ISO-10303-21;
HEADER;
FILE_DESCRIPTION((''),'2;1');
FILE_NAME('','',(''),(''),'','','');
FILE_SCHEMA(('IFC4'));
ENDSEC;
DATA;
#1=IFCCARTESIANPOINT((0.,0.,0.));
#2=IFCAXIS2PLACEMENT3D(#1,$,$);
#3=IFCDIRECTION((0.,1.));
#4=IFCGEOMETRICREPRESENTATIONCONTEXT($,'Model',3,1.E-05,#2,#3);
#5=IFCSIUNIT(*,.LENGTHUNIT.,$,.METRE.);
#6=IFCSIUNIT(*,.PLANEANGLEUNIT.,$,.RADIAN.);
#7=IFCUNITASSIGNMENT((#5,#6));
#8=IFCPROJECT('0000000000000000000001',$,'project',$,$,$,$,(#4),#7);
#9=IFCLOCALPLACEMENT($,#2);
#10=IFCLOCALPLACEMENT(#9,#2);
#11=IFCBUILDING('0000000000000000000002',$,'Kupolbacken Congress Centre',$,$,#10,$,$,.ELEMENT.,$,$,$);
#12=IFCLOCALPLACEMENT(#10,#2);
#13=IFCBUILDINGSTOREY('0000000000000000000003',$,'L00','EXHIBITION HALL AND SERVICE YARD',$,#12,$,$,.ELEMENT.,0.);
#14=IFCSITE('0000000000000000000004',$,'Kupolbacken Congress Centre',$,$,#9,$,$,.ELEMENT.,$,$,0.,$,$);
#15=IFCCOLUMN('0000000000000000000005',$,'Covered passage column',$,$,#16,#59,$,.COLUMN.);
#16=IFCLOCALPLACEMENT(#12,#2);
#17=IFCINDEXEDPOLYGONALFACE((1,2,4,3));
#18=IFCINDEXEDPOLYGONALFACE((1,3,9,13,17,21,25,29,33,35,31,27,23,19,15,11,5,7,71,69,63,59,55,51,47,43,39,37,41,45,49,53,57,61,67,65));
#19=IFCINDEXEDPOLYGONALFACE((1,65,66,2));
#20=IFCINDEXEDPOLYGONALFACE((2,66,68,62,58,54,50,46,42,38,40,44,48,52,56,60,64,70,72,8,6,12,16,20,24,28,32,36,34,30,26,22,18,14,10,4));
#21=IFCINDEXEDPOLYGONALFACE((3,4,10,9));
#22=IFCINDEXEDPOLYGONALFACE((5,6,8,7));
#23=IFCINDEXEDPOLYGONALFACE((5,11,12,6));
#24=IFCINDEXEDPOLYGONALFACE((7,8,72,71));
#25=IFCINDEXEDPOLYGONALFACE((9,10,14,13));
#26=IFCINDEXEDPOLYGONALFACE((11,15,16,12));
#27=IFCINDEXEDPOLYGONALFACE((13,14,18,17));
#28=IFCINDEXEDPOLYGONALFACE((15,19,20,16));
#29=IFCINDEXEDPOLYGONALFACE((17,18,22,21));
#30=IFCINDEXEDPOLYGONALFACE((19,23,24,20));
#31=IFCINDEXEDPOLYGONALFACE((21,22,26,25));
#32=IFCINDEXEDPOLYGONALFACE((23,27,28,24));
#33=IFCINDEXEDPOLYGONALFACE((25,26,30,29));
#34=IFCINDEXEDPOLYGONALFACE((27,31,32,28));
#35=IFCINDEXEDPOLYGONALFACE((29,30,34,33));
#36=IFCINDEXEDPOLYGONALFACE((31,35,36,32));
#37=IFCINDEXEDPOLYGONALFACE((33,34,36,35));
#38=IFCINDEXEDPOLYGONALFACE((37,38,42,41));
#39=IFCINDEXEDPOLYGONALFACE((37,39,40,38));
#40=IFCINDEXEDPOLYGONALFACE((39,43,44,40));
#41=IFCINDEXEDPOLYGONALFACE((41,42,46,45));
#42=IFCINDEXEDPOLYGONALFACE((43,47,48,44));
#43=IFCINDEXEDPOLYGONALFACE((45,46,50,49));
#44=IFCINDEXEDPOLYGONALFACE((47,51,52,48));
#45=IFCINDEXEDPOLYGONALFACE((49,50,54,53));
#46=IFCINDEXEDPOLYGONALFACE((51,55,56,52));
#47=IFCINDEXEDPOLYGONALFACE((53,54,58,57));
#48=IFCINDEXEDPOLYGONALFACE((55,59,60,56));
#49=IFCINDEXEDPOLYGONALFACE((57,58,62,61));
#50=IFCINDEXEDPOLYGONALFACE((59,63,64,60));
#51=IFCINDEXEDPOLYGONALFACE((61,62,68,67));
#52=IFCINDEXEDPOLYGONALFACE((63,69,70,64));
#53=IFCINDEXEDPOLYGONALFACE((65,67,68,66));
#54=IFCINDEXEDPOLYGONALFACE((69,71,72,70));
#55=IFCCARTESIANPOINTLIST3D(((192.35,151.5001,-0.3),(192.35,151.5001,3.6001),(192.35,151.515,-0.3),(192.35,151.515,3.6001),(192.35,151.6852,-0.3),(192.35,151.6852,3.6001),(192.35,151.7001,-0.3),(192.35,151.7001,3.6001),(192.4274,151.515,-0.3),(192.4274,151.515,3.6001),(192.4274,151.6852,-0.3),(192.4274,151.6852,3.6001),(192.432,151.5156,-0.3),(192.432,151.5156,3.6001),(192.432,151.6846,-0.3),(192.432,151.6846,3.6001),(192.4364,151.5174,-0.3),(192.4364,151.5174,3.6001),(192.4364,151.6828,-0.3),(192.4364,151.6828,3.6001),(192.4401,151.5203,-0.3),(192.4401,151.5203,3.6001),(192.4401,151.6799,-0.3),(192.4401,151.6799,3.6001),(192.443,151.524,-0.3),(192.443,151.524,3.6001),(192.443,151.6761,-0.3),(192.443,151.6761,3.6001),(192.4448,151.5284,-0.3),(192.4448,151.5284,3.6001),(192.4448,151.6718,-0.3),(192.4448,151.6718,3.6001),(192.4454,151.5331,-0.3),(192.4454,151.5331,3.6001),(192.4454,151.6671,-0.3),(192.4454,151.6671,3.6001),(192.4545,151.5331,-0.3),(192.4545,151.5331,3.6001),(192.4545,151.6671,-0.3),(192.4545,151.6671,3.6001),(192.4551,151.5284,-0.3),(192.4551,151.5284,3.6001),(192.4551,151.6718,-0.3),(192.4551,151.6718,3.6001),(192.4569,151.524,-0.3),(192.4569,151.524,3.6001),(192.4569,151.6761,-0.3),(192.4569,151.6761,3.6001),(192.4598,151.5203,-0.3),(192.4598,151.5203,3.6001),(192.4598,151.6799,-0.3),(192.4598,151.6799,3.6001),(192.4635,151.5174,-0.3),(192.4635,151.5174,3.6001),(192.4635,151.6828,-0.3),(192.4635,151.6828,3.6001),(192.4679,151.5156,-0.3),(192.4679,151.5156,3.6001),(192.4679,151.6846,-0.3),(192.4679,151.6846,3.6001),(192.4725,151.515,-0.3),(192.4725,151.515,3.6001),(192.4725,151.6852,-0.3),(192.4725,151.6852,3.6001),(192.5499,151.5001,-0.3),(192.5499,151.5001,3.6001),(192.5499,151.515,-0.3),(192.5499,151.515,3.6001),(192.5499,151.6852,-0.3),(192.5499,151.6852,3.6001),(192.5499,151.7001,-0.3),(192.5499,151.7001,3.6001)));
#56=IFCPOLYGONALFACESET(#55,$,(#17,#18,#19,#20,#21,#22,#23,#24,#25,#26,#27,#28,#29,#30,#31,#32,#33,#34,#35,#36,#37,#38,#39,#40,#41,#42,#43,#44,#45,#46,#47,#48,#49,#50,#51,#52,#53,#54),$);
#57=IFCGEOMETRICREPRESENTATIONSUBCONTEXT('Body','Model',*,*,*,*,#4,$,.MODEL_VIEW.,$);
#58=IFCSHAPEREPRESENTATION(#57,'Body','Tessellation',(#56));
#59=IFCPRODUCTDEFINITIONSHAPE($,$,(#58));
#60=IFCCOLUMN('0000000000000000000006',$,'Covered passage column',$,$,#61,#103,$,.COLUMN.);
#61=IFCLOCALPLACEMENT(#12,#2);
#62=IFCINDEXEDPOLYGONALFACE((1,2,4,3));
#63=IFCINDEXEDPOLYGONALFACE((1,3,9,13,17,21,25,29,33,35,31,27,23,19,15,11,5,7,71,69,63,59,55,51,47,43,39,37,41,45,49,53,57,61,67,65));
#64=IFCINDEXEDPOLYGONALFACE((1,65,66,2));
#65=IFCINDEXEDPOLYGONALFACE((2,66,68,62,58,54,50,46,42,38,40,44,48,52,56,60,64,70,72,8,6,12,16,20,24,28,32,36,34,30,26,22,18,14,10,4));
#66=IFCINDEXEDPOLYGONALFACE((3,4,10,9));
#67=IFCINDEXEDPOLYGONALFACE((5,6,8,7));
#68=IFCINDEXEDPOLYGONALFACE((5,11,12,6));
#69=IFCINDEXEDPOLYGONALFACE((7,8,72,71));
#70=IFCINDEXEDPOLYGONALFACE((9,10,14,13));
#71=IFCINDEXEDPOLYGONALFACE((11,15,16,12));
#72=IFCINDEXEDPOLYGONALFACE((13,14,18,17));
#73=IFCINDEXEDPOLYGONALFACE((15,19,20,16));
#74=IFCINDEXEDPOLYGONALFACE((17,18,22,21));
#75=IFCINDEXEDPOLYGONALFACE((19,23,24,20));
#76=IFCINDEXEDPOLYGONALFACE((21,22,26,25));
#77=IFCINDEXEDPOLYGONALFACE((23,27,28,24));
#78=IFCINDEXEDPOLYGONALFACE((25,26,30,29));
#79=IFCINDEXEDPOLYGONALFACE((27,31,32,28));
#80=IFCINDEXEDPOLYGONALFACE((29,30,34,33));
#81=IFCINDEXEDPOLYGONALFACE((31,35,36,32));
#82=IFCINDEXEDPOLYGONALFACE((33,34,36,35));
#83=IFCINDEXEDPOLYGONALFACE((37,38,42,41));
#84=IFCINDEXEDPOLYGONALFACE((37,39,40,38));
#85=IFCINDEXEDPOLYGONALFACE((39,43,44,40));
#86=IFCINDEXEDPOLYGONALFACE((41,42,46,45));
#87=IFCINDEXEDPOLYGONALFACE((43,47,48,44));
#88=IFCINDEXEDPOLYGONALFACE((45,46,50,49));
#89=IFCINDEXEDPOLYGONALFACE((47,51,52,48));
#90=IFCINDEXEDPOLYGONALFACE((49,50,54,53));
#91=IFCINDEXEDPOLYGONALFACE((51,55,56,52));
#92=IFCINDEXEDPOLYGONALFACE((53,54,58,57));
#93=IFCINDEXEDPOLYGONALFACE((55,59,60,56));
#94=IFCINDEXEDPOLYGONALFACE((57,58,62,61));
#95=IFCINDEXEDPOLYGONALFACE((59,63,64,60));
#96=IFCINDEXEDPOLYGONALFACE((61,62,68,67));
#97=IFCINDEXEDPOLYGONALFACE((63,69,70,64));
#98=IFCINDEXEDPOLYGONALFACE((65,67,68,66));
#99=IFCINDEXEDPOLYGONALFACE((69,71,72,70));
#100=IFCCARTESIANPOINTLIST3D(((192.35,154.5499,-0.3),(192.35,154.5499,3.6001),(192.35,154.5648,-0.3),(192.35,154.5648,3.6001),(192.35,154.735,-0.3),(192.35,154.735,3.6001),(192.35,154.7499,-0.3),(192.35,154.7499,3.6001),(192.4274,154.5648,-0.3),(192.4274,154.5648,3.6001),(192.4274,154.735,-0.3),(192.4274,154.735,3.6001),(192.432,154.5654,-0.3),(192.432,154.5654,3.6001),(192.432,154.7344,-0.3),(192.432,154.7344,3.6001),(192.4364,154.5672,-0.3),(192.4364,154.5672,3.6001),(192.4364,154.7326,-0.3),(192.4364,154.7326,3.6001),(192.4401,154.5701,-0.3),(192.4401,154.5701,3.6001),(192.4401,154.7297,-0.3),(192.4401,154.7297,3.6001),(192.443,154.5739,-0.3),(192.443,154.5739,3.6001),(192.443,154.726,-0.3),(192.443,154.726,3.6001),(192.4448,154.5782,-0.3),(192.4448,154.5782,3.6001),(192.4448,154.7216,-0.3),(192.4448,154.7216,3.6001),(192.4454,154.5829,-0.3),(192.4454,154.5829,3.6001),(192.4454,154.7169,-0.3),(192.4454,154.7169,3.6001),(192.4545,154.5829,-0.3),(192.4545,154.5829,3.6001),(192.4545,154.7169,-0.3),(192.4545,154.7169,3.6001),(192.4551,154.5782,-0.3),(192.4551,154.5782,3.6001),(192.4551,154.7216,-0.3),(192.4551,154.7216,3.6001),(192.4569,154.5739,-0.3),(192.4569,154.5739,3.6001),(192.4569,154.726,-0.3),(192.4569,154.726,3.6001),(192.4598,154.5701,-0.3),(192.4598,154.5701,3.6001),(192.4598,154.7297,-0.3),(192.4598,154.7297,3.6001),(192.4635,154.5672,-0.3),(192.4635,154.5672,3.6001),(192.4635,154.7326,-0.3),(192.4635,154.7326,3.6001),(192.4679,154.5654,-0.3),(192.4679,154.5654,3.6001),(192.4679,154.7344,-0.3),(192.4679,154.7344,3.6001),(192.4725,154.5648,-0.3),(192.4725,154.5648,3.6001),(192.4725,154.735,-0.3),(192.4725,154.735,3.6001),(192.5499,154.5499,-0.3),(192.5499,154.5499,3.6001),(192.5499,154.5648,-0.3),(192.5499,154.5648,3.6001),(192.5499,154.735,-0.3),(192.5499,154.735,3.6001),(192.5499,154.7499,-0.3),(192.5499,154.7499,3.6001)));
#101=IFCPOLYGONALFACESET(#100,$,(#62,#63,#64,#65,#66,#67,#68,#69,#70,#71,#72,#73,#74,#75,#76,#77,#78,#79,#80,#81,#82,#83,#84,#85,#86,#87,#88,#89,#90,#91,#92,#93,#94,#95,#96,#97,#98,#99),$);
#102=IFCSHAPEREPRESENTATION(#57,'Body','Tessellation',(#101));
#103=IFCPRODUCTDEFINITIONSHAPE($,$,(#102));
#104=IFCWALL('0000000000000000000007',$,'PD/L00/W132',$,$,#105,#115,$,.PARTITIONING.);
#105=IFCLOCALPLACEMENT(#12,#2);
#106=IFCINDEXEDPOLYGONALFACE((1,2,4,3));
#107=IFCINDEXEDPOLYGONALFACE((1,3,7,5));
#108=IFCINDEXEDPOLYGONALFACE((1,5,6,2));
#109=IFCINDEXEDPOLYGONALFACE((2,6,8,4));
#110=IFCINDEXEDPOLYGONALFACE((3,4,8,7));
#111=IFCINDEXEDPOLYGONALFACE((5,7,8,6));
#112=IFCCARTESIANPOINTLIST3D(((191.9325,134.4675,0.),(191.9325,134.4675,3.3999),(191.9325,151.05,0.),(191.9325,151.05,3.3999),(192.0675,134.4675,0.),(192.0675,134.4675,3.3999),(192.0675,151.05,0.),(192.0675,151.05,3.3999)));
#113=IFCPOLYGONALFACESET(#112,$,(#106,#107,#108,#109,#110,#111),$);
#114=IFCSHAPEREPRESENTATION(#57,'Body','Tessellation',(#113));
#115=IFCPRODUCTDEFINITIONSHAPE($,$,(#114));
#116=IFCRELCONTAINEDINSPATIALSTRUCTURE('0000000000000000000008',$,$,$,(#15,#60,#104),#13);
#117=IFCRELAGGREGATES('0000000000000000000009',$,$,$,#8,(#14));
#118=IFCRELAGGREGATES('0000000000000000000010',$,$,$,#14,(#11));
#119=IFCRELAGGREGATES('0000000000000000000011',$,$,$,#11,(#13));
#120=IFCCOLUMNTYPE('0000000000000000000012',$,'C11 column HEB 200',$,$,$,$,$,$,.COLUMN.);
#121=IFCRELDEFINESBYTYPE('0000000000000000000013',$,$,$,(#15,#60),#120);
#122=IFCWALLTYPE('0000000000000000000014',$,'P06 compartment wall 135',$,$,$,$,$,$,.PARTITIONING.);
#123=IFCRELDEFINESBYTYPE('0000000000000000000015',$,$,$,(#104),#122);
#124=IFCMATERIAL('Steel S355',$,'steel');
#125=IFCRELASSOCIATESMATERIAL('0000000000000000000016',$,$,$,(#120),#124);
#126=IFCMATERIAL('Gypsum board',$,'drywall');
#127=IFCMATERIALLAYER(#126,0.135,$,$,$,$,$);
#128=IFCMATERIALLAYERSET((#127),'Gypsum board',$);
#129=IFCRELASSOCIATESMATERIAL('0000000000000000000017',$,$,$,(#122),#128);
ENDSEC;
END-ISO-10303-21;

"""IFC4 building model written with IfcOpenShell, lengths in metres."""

from ifc_helpers import new_model, si_unit, direction, frame, frame_2d, origin, origin_2d, place, context, subcontext, project, spatial, rectangle, i_section, extrude, material, layer, layer_set, material_profile, profile_set, type_object, element, save


model = new_model("IFC4")

# Units and contexts
model_context = context("Model", 3, precision=1e-05, world=origin(), true_north=direction((0.0, 1.0)))
body_context = subcontext(model_context, "Body", "Model", "MODEL_VIEW")
ifc_project = project(units=[si_unit("LENGTHUNIT", "METRE"), si_unit("PLANEANGLEUNIT", "RADIAN")], contexts=[model_context])

# Site, building, storey
site_placement = place(None, origin())
site = spatial("IfcSite", under=ifc_project, at=site_placement, Name="Kupolbacken Congress Centre", CompositionType="ELEMENT", RefElevation=0.0)
building_placement = place(site_placement, origin())
building = spatial("IfcBuilding", under=site, at=building_placement, Name="Kupolbacken Congress Centre", CompositionType="ELEMENT")
storey_placement = place(building_placement, origin())
storey = spatial("IfcBuildingStorey", under=building, at=storey_placement, Name="L00", Description="EXHIBITION HALL AND SERVICE YARD", CompositionType="ELEMENT", Elevation=0.0)

# Columns
ifc_material_1 = material(Name="Steel S355", Category="steel")
ifc_material_profile_1 = material_profile(ifc_material_1, i_section(OverallWidth=0.2, OverallDepth=0.2, WebThickness=0.009, FlangeThickness=0.0149, FilletRadius=0.0181, at=origin_2d()), Name="HEB 200")
ifc_profile_set_1 = profile_set([ifc_material_profile_1], Name="Steel S355")
column_type_1 = type_object("IfcColumnType", Name="C11 column HEB 200", PredefinedType="COLUMN", material=ifc_profile_set_1)
for number, where, z_axis, x_axis, name in (
    (1, (192.45, 151.6001, -0.3), (0.0, 0.0, 1.0), (1.0, 0.0, 0.0), "Covered passage column"),
    (2, (192.45, 154.6499, -0.3), (0.0, 0.0, 1.0), (1.0, 0.0, 0.0), "Covered passage column"),
):
    element("IfcColumn", number, at=place(storey_placement, frame(where, z_axis=z_axis, x_axis=x_axis)), inside=storey, type_object=column_type_1, Name=name, PredefinedType="COLUMN", context=body_context, shape_type="SweptSolid", body=[
        extrude(i_section(OverallWidth=0.2, OverallDepth=0.2, WebThickness=0.009, FlangeThickness=0.0149, FilletRadius=0.0181, at=origin_2d()), origin(), (0.0, 0.0, 1.0), 3.9001),
    ])

# Wall
ifc_material_2 = material(Name="Gypsum board", Category="drywall")
ifc_layer_1 = layer(ifc_material_2, 0.135)
ifc_layer_set_1 = layer_set([ifc_layer_1], Name="Gypsum board")
wall_type = type_object("IfcWallType", Name="P06 compartment wall 135", PredefinedType="PARTITIONING", material=ifc_layer_set_1)
wall_placement = place(storey_placement, frame((192.0, 151.05, 0.0), z_axis=(0.0, 0.0, 1.0), x_axis=(0.0, -1.0, 0.0)))
element("IfcWall", 3, at=wall_placement, inside=storey, type_object=wall_type, Name="PD/L00/W132", PredefinedType="PARTITIONING", context=body_context, shape_type="SweptSolid", body=[
    extrude(rectangle(XDim=16.5825, YDim=0.135, at=frame_2d((8.2913, 0.0))), origin(), (0.0, 0.0, 1.0), 3.3999),
])

save(model, "model.ifc")
